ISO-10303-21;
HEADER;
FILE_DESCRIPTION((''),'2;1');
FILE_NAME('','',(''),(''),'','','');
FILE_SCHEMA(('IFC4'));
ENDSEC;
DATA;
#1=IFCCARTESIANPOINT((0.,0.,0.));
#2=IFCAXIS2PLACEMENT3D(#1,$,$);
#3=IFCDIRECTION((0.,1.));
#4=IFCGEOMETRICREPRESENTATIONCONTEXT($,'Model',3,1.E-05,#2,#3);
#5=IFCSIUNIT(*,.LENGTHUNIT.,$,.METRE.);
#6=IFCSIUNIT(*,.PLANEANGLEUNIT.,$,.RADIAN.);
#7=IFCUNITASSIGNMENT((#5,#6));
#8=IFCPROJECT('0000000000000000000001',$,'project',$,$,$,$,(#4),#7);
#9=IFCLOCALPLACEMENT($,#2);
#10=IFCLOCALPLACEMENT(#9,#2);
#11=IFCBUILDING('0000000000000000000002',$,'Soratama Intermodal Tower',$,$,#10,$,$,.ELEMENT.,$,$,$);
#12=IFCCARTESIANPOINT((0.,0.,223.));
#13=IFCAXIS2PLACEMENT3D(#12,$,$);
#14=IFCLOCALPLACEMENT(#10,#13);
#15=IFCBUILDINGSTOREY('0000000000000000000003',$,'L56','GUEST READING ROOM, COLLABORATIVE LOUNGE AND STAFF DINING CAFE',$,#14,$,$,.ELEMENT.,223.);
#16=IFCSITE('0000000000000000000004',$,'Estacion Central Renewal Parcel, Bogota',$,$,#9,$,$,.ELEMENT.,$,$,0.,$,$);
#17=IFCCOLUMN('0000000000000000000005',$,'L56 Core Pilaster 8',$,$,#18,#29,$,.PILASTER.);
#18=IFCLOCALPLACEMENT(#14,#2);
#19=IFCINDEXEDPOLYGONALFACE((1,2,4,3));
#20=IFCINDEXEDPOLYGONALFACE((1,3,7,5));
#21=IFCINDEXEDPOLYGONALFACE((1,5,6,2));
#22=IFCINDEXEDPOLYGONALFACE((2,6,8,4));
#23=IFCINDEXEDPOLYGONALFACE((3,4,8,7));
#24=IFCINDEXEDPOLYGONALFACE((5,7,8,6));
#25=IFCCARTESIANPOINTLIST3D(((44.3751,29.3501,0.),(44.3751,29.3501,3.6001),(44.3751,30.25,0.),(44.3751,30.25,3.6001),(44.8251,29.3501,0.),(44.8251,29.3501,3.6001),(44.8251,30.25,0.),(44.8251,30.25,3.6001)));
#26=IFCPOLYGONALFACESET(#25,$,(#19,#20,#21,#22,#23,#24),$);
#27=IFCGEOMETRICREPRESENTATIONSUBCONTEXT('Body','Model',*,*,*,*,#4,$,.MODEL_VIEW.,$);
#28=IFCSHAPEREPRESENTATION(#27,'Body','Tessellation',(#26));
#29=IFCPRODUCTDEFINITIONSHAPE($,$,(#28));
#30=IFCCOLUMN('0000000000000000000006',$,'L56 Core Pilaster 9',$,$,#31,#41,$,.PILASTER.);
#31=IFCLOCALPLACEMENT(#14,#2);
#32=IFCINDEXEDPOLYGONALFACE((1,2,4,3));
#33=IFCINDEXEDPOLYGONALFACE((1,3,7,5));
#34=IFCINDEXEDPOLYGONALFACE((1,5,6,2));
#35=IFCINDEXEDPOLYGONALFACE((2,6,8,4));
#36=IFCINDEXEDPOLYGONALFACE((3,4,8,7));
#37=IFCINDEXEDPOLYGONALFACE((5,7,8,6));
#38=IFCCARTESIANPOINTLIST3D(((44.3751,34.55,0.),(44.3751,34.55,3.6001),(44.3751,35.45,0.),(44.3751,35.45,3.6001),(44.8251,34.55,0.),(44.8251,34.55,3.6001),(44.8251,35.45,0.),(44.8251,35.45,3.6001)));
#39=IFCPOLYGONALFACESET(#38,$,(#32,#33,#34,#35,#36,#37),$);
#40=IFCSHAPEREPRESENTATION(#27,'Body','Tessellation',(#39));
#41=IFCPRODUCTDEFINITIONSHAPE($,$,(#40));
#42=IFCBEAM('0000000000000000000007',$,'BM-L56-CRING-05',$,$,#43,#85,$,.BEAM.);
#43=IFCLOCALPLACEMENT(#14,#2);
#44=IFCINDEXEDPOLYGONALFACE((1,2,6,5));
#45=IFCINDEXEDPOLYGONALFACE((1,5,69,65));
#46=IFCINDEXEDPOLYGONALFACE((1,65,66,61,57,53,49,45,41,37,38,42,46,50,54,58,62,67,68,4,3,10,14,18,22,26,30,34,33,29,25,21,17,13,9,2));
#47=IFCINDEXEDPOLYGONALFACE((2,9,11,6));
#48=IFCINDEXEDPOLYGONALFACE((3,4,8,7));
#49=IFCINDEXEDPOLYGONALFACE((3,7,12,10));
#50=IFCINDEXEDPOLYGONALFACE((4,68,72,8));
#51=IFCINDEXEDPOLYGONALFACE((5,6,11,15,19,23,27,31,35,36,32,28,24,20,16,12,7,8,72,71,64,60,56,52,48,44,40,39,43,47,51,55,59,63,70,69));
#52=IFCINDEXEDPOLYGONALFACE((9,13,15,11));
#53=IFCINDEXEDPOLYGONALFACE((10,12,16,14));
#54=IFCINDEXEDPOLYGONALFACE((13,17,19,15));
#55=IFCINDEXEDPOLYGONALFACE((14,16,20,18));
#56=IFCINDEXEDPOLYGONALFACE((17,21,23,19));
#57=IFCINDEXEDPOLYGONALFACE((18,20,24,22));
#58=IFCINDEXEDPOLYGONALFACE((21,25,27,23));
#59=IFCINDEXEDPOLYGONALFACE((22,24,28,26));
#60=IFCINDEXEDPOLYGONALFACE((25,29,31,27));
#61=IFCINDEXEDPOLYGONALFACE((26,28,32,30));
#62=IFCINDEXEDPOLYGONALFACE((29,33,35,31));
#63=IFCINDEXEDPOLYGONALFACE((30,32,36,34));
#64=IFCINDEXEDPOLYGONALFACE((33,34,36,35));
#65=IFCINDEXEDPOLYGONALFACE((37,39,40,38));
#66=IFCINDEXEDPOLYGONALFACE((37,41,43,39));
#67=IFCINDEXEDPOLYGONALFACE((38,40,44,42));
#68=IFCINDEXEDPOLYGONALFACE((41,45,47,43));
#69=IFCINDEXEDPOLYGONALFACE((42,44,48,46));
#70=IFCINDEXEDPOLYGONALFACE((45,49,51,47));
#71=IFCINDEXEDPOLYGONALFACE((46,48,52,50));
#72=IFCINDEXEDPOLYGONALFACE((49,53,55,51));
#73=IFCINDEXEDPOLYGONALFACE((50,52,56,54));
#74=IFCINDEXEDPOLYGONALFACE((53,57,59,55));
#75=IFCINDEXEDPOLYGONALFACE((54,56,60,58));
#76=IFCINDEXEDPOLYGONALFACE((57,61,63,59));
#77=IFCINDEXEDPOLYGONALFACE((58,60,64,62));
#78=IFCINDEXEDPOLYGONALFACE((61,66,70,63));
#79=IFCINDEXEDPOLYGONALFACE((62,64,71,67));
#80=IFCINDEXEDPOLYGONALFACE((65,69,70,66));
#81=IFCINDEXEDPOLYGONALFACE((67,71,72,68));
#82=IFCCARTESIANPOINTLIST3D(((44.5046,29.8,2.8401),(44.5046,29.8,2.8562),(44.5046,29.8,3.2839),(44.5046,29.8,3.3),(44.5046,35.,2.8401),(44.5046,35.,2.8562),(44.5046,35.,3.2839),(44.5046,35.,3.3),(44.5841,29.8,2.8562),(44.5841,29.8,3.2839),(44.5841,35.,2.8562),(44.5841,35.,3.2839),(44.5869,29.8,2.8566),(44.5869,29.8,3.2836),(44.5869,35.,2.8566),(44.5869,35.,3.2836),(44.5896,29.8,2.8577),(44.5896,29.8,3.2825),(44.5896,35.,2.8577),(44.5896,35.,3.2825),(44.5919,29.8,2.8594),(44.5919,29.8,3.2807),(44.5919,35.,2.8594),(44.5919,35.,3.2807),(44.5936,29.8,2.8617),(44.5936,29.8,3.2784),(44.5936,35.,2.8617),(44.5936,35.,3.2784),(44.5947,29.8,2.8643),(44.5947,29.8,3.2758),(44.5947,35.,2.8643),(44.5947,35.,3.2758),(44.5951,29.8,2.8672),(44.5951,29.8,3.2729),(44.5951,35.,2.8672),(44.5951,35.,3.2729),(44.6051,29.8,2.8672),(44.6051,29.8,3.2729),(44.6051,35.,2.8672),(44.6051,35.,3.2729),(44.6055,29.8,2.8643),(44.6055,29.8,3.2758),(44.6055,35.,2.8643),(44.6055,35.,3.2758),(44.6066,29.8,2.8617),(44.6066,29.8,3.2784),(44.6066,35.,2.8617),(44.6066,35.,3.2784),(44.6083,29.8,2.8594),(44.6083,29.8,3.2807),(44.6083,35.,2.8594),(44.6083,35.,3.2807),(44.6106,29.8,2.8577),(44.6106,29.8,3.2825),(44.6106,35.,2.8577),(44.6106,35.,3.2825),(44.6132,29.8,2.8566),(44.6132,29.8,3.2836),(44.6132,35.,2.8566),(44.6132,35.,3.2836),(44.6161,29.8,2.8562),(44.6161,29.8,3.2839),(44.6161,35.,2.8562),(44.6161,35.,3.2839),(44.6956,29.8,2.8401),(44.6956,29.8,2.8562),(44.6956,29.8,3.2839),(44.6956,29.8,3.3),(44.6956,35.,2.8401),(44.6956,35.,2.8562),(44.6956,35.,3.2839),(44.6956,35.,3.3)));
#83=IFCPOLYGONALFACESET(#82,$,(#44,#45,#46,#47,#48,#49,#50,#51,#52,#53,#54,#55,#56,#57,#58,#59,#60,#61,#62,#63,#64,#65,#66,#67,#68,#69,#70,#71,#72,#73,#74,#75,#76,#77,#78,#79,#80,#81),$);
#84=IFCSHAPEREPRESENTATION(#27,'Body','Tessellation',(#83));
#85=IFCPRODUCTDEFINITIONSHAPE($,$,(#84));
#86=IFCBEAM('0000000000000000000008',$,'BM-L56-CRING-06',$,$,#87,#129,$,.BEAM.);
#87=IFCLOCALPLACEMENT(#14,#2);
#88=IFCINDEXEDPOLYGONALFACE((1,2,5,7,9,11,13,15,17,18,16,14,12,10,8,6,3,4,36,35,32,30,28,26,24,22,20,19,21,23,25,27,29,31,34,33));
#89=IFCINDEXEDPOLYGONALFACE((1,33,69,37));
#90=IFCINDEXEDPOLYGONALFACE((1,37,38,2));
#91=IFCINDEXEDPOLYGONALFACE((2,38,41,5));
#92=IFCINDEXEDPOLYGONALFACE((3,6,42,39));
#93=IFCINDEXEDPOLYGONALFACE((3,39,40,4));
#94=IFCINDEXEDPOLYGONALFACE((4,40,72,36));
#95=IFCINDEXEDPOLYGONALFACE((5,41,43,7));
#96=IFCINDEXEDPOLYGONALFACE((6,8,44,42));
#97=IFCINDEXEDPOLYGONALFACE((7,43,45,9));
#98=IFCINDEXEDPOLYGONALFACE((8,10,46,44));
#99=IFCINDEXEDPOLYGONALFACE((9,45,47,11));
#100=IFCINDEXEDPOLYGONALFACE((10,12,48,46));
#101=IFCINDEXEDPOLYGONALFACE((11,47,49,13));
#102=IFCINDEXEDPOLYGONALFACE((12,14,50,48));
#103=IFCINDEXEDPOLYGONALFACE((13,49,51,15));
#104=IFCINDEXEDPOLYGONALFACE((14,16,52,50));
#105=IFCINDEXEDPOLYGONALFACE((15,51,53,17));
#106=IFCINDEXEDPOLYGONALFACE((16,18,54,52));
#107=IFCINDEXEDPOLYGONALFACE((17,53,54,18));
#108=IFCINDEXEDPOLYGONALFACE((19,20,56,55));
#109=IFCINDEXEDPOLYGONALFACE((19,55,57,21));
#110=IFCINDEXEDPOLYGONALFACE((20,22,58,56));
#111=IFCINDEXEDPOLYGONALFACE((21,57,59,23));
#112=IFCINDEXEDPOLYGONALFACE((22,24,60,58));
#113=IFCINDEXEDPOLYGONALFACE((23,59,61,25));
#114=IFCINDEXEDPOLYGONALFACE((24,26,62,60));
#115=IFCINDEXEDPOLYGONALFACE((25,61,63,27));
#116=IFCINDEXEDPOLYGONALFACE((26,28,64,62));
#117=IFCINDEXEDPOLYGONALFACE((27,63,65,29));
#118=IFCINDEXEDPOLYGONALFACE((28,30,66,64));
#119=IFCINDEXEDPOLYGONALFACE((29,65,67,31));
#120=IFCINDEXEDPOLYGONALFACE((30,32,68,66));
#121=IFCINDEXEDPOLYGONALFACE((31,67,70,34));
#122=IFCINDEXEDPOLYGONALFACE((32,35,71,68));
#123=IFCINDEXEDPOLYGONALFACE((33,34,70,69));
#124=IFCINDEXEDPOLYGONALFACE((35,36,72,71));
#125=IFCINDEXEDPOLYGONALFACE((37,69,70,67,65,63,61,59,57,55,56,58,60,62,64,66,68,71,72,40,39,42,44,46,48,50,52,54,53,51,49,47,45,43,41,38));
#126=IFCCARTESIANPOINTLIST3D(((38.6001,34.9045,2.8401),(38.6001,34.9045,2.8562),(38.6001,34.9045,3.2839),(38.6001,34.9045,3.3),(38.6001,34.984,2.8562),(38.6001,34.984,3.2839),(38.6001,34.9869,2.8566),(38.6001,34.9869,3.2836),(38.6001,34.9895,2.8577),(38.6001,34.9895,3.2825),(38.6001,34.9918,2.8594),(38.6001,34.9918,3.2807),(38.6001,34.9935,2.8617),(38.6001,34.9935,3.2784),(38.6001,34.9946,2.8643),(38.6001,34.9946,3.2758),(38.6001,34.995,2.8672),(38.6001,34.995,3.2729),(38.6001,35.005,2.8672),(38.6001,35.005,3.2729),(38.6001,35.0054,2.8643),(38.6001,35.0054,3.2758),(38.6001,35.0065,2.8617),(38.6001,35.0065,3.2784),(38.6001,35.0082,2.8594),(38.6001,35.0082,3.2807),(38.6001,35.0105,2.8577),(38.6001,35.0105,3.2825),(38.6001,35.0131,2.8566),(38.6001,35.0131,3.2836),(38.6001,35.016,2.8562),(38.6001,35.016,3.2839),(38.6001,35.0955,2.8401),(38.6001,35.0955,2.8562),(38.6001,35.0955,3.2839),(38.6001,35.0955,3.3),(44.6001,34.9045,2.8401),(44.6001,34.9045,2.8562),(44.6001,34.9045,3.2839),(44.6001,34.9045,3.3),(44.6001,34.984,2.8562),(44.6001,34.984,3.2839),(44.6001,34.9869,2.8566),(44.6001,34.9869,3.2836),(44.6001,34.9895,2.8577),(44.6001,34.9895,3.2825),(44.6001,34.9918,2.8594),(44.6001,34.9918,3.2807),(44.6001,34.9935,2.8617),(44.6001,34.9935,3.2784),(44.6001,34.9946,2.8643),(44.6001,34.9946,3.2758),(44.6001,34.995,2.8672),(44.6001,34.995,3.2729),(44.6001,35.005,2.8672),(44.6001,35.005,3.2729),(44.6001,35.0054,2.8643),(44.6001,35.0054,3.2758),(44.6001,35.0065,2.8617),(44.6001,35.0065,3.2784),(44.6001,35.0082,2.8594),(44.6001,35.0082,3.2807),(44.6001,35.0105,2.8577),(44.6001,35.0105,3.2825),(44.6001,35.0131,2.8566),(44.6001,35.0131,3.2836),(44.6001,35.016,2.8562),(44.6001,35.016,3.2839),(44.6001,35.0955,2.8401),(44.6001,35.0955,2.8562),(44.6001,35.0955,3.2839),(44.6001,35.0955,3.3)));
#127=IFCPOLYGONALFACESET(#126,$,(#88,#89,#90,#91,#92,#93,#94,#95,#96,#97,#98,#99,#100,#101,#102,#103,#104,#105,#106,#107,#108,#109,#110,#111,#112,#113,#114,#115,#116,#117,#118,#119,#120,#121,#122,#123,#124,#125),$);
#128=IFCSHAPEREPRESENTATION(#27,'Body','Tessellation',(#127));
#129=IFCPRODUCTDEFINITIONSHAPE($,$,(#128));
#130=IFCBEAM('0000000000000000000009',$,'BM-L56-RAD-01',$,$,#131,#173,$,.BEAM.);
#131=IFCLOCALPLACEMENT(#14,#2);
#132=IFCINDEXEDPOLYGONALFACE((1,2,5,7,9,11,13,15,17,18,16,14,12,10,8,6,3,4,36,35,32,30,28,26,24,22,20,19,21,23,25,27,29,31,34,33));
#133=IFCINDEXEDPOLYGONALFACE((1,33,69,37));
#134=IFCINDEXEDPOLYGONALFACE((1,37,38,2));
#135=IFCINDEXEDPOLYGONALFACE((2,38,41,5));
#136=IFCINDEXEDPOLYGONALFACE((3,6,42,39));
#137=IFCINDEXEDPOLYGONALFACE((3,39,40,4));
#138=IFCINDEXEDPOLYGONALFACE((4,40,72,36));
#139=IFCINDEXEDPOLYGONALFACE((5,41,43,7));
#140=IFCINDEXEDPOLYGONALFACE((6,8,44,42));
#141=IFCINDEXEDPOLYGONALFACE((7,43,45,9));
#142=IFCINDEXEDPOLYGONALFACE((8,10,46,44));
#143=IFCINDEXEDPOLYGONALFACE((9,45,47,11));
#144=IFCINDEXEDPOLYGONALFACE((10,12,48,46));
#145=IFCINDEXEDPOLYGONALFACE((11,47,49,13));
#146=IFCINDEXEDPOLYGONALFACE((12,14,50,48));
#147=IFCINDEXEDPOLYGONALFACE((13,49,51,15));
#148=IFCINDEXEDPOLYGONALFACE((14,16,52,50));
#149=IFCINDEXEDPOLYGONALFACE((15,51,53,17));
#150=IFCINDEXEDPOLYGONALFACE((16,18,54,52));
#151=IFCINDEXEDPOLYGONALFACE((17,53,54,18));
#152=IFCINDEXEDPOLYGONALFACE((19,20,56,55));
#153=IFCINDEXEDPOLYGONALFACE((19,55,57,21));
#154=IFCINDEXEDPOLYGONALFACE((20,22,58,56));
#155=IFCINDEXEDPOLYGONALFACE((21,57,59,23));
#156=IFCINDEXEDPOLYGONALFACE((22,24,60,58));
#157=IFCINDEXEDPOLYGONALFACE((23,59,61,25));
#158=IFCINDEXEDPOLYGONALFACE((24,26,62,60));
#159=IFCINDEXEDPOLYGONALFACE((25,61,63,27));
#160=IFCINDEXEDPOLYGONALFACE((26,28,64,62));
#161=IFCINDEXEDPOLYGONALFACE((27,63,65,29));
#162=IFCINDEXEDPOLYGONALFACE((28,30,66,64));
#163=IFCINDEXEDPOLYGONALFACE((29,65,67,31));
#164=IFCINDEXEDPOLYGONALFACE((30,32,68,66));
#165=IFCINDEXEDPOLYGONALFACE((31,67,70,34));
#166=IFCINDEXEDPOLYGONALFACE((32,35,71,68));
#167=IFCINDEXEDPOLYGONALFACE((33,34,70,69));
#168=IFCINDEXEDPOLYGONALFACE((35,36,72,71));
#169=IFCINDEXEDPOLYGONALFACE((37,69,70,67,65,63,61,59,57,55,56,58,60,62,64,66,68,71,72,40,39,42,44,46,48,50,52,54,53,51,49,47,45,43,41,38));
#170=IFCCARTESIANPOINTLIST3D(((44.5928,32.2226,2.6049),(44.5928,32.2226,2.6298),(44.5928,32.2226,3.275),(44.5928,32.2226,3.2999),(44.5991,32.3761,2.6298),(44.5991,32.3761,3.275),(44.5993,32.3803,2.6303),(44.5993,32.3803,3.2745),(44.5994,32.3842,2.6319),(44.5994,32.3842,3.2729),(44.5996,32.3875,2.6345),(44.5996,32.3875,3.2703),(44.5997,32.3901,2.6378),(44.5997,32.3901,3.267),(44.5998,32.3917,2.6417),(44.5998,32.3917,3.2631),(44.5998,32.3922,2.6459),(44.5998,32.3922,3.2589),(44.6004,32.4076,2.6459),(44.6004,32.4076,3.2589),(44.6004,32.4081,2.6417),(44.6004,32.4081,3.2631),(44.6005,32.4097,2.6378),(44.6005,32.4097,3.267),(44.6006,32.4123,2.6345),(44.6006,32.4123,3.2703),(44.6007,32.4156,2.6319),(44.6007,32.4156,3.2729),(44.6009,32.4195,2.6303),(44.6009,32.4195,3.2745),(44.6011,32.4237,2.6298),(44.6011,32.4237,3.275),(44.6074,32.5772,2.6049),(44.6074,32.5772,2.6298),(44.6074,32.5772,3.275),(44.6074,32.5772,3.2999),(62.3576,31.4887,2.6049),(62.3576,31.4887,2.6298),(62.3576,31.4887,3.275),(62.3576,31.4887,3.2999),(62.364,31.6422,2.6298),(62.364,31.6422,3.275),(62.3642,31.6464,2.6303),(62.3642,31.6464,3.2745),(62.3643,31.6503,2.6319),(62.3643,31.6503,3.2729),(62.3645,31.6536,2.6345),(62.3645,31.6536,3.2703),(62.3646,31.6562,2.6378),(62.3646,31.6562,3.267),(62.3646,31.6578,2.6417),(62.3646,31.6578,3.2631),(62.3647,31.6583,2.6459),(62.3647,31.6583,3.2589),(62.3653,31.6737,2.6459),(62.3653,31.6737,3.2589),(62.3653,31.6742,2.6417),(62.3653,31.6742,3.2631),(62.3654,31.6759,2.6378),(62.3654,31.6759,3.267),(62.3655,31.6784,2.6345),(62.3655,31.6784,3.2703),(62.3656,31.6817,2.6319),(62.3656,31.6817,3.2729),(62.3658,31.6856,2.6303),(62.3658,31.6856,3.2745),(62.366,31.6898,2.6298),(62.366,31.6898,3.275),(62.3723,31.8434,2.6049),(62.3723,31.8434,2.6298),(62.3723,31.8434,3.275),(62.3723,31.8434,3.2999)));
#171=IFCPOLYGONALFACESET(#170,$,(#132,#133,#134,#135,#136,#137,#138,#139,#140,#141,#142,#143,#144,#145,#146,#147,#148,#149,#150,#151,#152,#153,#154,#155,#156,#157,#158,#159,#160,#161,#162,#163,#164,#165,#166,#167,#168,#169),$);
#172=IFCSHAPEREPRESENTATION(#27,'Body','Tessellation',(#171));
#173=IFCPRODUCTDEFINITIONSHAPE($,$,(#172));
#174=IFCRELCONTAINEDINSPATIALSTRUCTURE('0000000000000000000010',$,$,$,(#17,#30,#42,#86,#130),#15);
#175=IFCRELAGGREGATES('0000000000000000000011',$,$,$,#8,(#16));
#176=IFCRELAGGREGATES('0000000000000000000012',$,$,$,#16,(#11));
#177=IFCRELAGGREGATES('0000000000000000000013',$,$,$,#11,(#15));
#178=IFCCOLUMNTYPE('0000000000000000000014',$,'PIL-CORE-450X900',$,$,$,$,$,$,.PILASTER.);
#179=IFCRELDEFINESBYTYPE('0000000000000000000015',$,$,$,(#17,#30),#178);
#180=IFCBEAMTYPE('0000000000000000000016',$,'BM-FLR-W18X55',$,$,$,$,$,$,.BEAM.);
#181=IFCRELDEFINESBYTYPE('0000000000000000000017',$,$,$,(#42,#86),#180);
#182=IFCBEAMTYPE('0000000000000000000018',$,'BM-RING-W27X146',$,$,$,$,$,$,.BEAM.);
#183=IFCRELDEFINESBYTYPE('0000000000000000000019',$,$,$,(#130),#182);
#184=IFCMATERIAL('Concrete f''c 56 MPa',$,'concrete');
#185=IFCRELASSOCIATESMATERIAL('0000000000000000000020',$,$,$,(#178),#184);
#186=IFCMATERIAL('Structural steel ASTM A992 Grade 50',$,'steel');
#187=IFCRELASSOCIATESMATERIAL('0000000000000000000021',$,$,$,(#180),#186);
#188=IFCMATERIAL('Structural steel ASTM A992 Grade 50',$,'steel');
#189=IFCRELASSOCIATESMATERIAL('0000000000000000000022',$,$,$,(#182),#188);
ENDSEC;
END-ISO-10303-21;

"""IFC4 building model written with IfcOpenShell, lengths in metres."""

from ifc_helpers import new_model, si_unit, direction, frame, origin, origin_2d, place, context, subcontext, project, spatial, rectangle, i_section, extrude, material, material_profile, profile_set, type_object, element, save


model = new_model("IFC4")

# Units and contexts
model_context = context("Model", 3, precision=1e-05, world=origin(), true_north=direction((0.0, 1.0)))
body_context = subcontext(model_context, "Body", "Model", "MODEL_VIEW")
ifc_project = project(units=[si_unit("LENGTHUNIT", "METRE"), si_unit("PLANEANGLEUNIT", "RADIAN")], contexts=[model_context])

# Site, building, storey
site_placement = place(None, origin())
site = spatial("IfcSite", under=ifc_project, at=site_placement, Name="Estacion Central Renewal Parcel, Bogota", CompositionType="ELEMENT", RefElevation=0.0)
building_placement = place(site_placement, origin())
building = spatial("IfcBuilding", under=site, at=building_placement, Name="Soratama Intermodal Tower", CompositionType="ELEMENT")
storey_placement = place(building_placement, frame((0.0, 0.0, 223.0)))
storey = spatial("IfcBuildingStorey", under=building, at=storey_placement, Name="L56", Description="GUEST READING ROOM, COLLABORATIVE LOUNGE AND STAFF DINING CAFE", CompositionType="ELEMENT", Elevation=223.0)

# Columns
ifc_material_1 = material(Name="Concrete f'c 56 MPa", Category="concrete")
ifc_material_profile_1 = material_profile(ifc_material_1, rectangle(XDim=0.45, YDim=0.8999, at=origin_2d()), Name="RC450X900")
ifc_profile_set_1 = profile_set([ifc_material_profile_1], Name="Concrete f'c 56 MPa")
column_type = type_object("IfcColumnType", Name="PIL-CORE-450X900", PredefinedType="PILASTER", material=ifc_profile_set_1)
for number, where, z_axis, x_axis, name in (
    (1, (44.6001, 29.8, 0.0), (0.0, 0.0, 1.0), (1.0, 0.0, 0.0), "L56 Core Pilaster 8"),
    (2, (44.6001, 35.0, 0.0), (0.0, 0.0, 1.0), (1.0, 0.0, 0.0), "L56 Core Pilaster 9"),
):
    element("IfcColumn", number, at=place(storey_placement, frame(where, z_axis=z_axis, x_axis=x_axis)), inside=storey, type_object=column_type, Name=name, PredefinedType="PILASTER", context=body_context, shape_type="SweptSolid", body=[
        extrude(rectangle(XDim=0.45, YDim=0.8999, at=origin_2d()), origin(), (0.0, 0.0, 1.0), 3.6001),
    ])

# Beams
ifc_material_2 = material(Name="Structural steel ASTM A992 Grade 50", Category="steel")
ifc_material_profile_2 = material_profile(ifc_material_2, i_section(OverallWidth=0.1909, OverallDepth=0.46, WebThickness=0.01, FlangeThickness=0.0161, FilletRadius=0.011, at=origin_2d()), Name="W18X55")
ifc_profile_set_2 = profile_set([ifc_material_profile_2], Name="Structural steel ASTM A992 Grade 50")
beam_type_1 = type_object("IfcBeamType", Name="BM-FLR-W18X55", PredefinedType="BEAM", material=ifc_profile_set_2)
beam_1_placement = place(storey_placement, frame((44.6001, 29.8, 3.0701), z_axis=(0.0, 1.0, 0.0), x_axis=(-1.0, 0.0, 0.0)))
element("IfcBeam", 3, at=beam_1_placement, inside=storey, type_object=beam_type_1, Name="BM-L56-CRING-05", PredefinedType="BEAM", context=body_context, shape_type="SweptSolid", body=[
    extrude(i_section(OverallWidth=0.1909, OverallDepth=0.46, WebThickness=0.01, FlangeThickness=0.0161, FilletRadius=0.011, at=origin_2d()), origin(), (0.0, 0.0, 1.0), 5.2),
])
beam_2_placement = place(storey_placement, frame((44.6001, 35.0, 3.0701), z_axis=(-1.0, 0.0, 0.0), x_axis=(0.0, -1.0, 0.0)))
element("IfcBeam", 4, at=beam_2_placement, inside=storey, type_object=beam_type_1, Name="BM-L56-CRING-06", PredefinedType="BEAM", context=body_context, shape_type="SweptSolid", body=[
    extrude(i_section(OverallWidth=0.1909, OverallDepth=0.46, WebThickness=0.01, FlangeThickness=0.0161, FilletRadius=0.011, at=origin_2d()), origin(), (0.0, 0.0, 1.0), 6.0),
])
ifc_material_3 = material(Name="Structural steel ASTM A992 Grade 50", Category="steel")
ifc_material_profile_3 = material_profile(ifc_material_3, i_section(OverallWidth=0.355, OverallDepth=0.6951, WebThickness=0.0154, FlangeThickness=0.0249, FilletRadius=0.0161, at=origin_2d()), Name="W27X146")
ifc_profile_set_3 = profile_set([ifc_material_profile_3], Name="Structural steel ASTM A992 Grade 50")
beam_type_2 = type_object("IfcBeamType", Name="BM-RING-W27X146", PredefinedType="BEAM", material=ifc_profile_set_3)
beam_3_placement = place(storey_placement, frame((44.6001, 32.3999, 2.9524), z_axis=(0.999148, -0.041276, 0.0), x_axis=(0.041276, 0.999148, 0.0)))
element("IfcBeam", 5, at=beam_3_placement, inside=storey, type_object=beam_type_2, Name="BM-L56-RAD-01", PredefinedType="BEAM", context=body_context, shape_type="SweptSolid", body=[
    extrude(i_section(OverallWidth=0.355, OverallDepth=0.6951, WebThickness=0.0154, FlangeThickness=0.0249, FilletRadius=0.0161, at=origin_2d()), origin(), (0.0, 0.0, 1.0), 17.78),
])

save(model, "model.ifc")
